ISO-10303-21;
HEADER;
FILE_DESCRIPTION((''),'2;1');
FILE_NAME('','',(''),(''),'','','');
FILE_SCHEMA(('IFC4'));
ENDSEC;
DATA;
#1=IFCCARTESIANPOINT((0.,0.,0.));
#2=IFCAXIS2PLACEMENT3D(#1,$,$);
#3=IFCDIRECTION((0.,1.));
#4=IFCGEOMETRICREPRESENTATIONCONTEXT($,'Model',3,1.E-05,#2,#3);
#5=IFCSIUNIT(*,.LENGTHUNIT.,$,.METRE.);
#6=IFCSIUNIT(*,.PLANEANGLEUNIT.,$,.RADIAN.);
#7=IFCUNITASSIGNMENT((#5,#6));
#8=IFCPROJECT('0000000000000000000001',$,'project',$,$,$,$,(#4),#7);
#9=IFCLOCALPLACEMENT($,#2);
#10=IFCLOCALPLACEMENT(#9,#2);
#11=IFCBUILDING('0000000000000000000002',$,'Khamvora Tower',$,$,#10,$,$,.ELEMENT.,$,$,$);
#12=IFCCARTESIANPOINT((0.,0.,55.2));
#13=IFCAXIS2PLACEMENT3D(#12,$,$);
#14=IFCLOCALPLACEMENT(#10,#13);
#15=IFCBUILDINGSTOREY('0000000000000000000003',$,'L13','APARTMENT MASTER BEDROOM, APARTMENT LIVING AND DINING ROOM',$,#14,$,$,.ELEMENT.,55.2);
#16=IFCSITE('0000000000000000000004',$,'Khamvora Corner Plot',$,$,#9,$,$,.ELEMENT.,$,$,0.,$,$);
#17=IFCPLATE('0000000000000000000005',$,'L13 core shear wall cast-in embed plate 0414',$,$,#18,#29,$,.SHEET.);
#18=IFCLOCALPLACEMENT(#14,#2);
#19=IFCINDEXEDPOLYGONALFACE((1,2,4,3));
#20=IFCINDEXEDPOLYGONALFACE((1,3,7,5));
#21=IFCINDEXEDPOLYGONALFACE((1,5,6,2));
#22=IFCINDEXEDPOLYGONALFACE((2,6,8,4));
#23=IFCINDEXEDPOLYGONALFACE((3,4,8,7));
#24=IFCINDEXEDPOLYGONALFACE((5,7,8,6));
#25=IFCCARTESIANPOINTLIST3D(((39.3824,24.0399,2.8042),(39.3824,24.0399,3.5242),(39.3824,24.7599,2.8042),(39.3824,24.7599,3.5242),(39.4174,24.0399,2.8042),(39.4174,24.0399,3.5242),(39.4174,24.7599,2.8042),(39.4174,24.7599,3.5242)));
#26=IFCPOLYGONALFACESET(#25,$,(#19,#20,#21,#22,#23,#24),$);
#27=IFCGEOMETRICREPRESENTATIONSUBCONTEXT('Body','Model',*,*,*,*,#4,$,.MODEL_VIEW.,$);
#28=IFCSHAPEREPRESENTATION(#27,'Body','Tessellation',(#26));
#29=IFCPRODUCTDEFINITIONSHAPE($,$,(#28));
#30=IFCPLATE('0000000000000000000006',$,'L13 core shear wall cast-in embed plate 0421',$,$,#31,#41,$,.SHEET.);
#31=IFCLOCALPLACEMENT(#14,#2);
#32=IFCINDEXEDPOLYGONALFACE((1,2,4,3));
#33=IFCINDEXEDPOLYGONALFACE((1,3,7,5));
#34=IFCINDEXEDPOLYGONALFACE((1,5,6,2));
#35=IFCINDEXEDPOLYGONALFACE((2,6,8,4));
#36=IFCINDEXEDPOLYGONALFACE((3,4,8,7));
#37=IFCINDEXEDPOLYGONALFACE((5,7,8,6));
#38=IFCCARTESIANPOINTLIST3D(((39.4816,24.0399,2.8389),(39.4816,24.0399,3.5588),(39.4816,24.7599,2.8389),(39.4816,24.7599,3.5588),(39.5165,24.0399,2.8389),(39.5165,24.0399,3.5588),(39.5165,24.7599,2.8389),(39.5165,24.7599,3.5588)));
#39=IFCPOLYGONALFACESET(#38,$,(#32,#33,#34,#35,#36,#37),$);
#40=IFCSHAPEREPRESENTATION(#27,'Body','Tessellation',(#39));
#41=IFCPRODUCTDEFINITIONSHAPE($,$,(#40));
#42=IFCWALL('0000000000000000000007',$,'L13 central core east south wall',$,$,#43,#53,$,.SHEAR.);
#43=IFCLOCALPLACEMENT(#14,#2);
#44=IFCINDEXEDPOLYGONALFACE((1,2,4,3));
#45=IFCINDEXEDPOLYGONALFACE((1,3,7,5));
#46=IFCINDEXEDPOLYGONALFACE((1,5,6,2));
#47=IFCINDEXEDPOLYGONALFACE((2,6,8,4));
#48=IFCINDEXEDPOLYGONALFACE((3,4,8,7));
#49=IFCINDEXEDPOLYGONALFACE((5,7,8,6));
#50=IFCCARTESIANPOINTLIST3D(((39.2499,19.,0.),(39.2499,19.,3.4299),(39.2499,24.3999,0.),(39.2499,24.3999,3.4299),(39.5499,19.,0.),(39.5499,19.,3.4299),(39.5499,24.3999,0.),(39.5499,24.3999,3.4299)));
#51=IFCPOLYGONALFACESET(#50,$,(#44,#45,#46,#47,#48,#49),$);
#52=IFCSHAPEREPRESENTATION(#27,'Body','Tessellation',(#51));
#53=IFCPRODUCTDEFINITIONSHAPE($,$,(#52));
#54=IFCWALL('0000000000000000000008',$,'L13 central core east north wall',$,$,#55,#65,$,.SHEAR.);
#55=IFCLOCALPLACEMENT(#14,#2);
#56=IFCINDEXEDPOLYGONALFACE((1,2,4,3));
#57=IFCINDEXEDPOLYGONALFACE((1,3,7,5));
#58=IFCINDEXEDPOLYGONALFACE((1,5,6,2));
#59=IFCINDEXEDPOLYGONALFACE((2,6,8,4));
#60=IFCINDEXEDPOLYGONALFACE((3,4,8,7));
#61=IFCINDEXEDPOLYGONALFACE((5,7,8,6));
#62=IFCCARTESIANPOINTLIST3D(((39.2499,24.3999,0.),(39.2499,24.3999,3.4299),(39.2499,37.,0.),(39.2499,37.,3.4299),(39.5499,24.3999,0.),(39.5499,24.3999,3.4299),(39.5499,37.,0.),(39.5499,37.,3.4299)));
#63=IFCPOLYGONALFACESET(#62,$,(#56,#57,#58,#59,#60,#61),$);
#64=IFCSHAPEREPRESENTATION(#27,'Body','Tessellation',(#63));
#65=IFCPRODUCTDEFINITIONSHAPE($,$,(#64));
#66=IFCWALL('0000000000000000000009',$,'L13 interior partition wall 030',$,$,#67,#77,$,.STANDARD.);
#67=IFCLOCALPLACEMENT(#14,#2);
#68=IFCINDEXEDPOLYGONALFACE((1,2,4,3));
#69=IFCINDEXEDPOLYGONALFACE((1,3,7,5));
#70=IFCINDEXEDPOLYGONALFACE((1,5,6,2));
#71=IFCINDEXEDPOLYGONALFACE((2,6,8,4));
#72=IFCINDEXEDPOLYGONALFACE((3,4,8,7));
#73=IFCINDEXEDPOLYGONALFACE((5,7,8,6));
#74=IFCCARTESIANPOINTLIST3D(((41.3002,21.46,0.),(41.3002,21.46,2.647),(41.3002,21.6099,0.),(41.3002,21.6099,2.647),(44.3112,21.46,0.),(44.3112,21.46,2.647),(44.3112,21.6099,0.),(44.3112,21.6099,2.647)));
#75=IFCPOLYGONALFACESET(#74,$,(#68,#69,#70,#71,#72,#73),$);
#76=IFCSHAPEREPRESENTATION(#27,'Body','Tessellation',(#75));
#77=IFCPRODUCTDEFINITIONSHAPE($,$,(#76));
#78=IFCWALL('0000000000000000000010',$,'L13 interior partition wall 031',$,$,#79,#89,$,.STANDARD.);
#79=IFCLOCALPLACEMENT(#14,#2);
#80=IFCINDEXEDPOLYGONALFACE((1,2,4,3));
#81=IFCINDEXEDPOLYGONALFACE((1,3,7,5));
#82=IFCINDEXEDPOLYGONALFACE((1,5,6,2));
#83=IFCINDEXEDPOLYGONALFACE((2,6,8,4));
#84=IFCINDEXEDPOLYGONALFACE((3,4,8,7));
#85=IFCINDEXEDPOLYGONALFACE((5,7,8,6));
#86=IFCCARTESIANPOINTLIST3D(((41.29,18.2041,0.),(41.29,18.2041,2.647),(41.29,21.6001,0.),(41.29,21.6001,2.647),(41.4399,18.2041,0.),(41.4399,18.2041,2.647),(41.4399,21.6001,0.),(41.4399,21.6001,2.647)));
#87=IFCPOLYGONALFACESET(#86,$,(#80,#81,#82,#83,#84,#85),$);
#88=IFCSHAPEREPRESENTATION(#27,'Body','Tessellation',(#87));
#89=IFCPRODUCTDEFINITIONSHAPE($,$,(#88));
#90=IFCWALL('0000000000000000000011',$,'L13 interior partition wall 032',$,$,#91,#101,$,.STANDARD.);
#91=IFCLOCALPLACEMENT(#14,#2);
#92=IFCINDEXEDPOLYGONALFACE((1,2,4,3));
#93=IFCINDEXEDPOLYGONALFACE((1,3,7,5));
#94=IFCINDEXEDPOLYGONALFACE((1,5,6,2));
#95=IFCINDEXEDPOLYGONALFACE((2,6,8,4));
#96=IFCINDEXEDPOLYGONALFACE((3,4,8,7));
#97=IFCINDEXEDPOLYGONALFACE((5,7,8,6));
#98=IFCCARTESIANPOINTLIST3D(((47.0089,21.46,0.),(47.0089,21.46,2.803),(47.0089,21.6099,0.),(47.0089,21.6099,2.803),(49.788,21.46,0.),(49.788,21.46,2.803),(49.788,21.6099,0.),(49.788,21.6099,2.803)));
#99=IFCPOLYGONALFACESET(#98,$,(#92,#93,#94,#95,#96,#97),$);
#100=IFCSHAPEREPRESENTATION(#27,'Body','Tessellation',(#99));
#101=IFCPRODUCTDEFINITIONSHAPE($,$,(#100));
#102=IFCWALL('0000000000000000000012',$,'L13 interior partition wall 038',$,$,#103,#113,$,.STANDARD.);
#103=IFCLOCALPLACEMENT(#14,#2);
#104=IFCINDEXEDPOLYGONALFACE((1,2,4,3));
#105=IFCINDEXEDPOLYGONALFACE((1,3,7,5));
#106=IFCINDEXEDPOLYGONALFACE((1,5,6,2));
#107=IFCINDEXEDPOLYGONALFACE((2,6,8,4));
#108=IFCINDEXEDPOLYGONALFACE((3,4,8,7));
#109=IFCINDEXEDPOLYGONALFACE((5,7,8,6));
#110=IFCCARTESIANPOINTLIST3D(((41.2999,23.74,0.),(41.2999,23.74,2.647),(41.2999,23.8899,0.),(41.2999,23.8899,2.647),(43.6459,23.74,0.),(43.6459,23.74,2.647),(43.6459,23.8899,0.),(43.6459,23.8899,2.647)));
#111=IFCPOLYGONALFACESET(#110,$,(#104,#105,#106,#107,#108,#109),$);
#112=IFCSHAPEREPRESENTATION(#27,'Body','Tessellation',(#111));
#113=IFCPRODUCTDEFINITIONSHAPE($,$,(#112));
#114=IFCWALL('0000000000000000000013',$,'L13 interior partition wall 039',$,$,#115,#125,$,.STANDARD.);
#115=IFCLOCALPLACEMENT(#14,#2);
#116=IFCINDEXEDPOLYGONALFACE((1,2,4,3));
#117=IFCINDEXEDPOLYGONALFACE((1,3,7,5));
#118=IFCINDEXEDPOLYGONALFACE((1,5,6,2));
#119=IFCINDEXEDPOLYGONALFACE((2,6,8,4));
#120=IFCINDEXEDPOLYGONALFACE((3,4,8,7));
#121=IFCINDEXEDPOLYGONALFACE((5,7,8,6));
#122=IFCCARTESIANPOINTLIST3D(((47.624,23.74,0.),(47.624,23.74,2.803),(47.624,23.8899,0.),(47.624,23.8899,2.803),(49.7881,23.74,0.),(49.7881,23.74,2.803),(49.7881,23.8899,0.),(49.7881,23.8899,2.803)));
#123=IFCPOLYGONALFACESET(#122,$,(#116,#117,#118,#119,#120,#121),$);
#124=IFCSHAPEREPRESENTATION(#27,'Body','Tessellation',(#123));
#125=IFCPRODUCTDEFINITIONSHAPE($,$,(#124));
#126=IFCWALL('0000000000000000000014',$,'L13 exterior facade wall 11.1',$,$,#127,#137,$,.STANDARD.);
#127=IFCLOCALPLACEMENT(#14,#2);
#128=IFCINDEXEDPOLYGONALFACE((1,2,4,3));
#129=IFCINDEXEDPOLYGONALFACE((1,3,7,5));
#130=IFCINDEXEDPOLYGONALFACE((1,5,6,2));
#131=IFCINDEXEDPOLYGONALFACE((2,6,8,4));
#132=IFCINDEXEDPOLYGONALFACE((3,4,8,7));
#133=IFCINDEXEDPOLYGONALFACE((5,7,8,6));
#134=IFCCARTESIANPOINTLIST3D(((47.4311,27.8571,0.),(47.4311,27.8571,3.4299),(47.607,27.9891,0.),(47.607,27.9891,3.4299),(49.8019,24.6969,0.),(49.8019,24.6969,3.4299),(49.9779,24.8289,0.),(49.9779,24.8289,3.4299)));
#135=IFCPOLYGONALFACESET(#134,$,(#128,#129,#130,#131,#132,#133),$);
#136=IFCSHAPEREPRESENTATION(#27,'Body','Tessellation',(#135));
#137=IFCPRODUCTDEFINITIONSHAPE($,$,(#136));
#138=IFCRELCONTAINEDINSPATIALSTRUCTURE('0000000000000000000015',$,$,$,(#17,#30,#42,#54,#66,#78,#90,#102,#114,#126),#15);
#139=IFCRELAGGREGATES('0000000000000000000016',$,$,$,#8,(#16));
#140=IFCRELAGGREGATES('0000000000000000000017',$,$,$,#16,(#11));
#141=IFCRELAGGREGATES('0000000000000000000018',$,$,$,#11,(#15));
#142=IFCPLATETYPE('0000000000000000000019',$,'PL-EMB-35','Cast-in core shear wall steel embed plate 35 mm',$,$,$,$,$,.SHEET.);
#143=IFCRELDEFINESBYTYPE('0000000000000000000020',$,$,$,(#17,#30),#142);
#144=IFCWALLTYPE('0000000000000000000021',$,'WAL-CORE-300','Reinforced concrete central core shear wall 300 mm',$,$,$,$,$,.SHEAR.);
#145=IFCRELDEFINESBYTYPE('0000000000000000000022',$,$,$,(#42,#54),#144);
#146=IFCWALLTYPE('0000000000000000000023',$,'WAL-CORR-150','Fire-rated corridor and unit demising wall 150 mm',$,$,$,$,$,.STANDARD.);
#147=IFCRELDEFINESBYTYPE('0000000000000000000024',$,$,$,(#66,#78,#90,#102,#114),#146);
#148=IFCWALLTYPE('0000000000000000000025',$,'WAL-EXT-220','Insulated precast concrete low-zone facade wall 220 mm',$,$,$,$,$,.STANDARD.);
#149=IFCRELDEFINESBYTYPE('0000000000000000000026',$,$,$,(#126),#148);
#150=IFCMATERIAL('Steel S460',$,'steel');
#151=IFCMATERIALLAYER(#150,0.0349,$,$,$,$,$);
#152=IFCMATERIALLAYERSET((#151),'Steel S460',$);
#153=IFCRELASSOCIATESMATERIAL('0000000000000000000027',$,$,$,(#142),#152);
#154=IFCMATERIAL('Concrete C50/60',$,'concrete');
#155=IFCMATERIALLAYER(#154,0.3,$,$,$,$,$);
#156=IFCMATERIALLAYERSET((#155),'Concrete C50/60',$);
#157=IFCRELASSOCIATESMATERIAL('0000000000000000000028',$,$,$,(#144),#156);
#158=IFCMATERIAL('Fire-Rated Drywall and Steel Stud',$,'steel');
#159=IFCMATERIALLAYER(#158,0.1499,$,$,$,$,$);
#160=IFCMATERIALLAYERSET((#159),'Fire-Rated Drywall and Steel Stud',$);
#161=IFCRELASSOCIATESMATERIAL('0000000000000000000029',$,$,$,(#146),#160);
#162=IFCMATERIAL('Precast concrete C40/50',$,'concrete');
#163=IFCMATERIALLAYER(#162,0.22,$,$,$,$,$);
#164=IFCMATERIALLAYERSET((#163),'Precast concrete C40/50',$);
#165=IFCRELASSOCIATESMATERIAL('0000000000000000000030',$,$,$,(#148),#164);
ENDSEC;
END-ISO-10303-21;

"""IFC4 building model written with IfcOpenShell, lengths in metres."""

from ifc_helpers import new_model, si_unit, direction, frame, frame_2d, origin, origin_2d, place, context, subcontext, project, spatial, rectangle, extrude, material, layer, layer_set, type_object, element, save


model = new_model("IFC4")

# Units and contexts
model_context = context("Model", 3, precision=1e-05, world=origin(), true_north=direction((0.0, 1.0)))
body_context = subcontext(model_context, "Body", "Model", "MODEL_VIEW")
ifc_project = project(units=[si_unit("LENGTHUNIT", "METRE"), si_unit("PLANEANGLEUNIT", "RADIAN")], contexts=[model_context])

# Site, building, storey
site_placement = place(None, origin())
site = spatial("IfcSite", under=ifc_project, at=site_placement, Name="Khamvora Corner Plot", CompositionType="ELEMENT", RefElevation=0.0)
building_placement = place(site_placement, origin())
building = spatial("IfcBuilding", under=site, at=building_placement, Name="Khamvora Tower", CompositionType="ELEMENT")
storey_placement = place(building_placement, frame((0.0, 0.0, 55.2)))
storey = spatial("IfcBuildingStorey", under=building, at=storey_placement, Name="L13", Description="APARTMENT MASTER BEDROOM, APARTMENT LIVING AND DINING ROOM", CompositionType="ELEMENT", Elevation=55.2)

# Shared definitions
ifc_material_1 = material(Name="Steel S460", Category="steel")

# Plates
ifc_layer_1 = layer(ifc_material_1, 0.0349)
ifc_layer_set_1 = layer_set([ifc_layer_1], Name="Steel S460")
plate_type = type_object("IfcPlateType", Name="PL-EMB-35", Description="Cast-in core shear wall steel embed plate 35 mm", PredefinedType="SHEET", material=ifc_layer_set_1)
for number, where, z_axis, x_axis, name in (
    (1, (39.3999, 24.3999, 2.8042), (0.0, 0.0, 1.0), (1.0, 0.0, 0.0), "L13 core shear wall cast-in embed plate 0414"),
    (2, (39.499, 24.3999, 2.8389), (0.0, 0.0, 1.0), (1.0, 0.0, 0.0), "L13 core shear wall cast-in embed plate 0421"),
):
    element("IfcPlate", number, at=place(storey_placement, frame(where, z_axis=z_axis, x_axis=x_axis)), inside=storey, type_object=plate_type, Name=name, PredefinedType="SHEET", context=body_context, shape_type="SweptSolid", body=[
        extrude(rectangle(XDim=0.0349, YDim=0.72, at=origin_2d()), origin(), (0.0, 0.0, 1.0), 0.72),
    ])

# Walls
ifc_material_2 = material(Name="Concrete C50/60", Category="concrete")
ifc_layer_2 = layer(ifc_material_2, 0.3)
ifc_layer_set_2 = layer_set([ifc_layer_2], Name="Concrete C50/60")
wall_type_1 = type_object("IfcWallType", Name="WAL-CORE-300", Description="Reinforced concrete central core shear wall 300 mm", PredefinedType="SHEAR", material=ifc_layer_set_2)
wall_1_placement = place(storey_placement, frame((39.3999, 19.0, 0.0), z_axis=(0.0, 0.0, 1.0), x_axis=(0.0, 1.0, 0.0)))
element("IfcWall", 3, at=wall_1_placement, inside=storey, type_object=wall_type_1, Name="L13 central core east south wall", PredefinedType="SHEAR", context=body_context, shape_type="SweptSolid", body=[
    extrude(rectangle(XDim=5.3999, YDim=0.3, at=frame_2d((2.7, 0.0))), origin(), (0.0, 0.0, 1.0), 3.4299),
])
wall_2_placement = place(storey_placement, frame((39.3999, 24.3999, 0.0), z_axis=(0.0, 0.0, 1.0), x_axis=(0.0, 1.0, 0.0)))
element("IfcWall", 4, at=wall_2_placement, inside=storey, type_object=wall_type_1, Name="L13 central core east north wall", PredefinedType="SHEAR", context=body_context, shape_type="SweptSolid", body=[
    extrude(rectangle(XDim=12.6001, YDim=0.3, at=frame_2d((6.3, 0.0))), origin(), (0.0, 0.0, 1.0), 3.4299),
])

# Shared definitions
ifc_material_3 = material(Name="Fire-Rated Drywall and Steel Stud", Category="steel")
ifc_layer_3 = layer(ifc_material_3, 0.1499)
ifc_layer_set_3 = layer_set([ifc_layer_3], Name="Fire-Rated Drywall and Steel Stud")
wall_type_2 = type_object("IfcWallType", Name="WAL-CORR-150", Description="Fire-rated corridor and unit demising wall 150 mm", PredefinedType="STANDARD", material=ifc_layer_set_3)

# Walls
wall_3_placement = place(storey_placement, frame((44.311, 21.5349, 0.0), z_axis=(0.0, 0.0, 1.0), x_axis=(-1.0, 0.0, 0.0)))
element("IfcWall", 5, at=wall_3_placement, inside=storey, type_object=wall_type_2, Name="L13 interior partition wall 030", PredefinedType="STANDARD", context=body_context, shape_type="SweptSolid", body=[
    extrude(rectangle(XDim=3.011, YDim=0.1499, at=frame_2d((1.5054, 0.0))), origin(), (0.0, 0.0, 1.0), 2.647),
])
wall_4_placement = place(storey_placement, frame((41.365, 21.6001, 0.0), z_axis=(0.0, 0.0, 1.0), x_axis=(0.0, -1.0, 0.0)))
element("IfcWall", 6, at=wall_4_placement, inside=storey, type_object=wall_type_2, Name="L13 interior partition wall 031", PredefinedType="STANDARD", context=body_context, shape_type="SweptSolid", body=[
    extrude(rectangle(XDim=3.396, YDim=0.1499, at=frame_2d((1.698, 0.0))), origin(), (0.0, 0.0, 1.0), 2.647),
])
wall_5_placement = place(storey_placement, frame((49.7881, 21.5349, 0.0), z_axis=(0.0, 0.0, 1.0), x_axis=(-1.0, 0.0, 0.0)))
element("IfcWall", 7, at=wall_5_placement, inside=storey, type_object=wall_type_2, Name="L13 interior partition wall 032", PredefinedType="STANDARD", context=body_context, shape_type="SweptSolid", body=[
    extrude(rectangle(XDim=2.7791, YDim=0.1499, at=frame_2d((1.3896, 0.0))), origin(), (0.0, 0.0, 1.0), 2.803),
])

# Walls
wall_6_placement = place(storey_placement, frame((41.3, 23.8149, 0.0), z_axis=(0.0, 0.0, 1.0), x_axis=(1.0, 0.0, 0.0)))
element("IfcWall", 8, at=wall_6_placement, inside=storey, type_object=wall_type_2, Name="L13 interior partition wall 038", PredefinedType="STANDARD", context=body_context, shape_type="SweptSolid", body=[
    extrude(rectangle(XDim=2.3459, YDim=0.1499, at=frame_2d((1.1729, 0.0))), origin(), (0.0, 0.0, 1.0), 2.647),
])
wall_7_placement = place(storey_placement, frame((47.624, 23.8149, 0.0), z_axis=(0.0, 0.0, 1.0), x_axis=(1.0, 0.0, 0.0)))
element("IfcWall", 9, at=wall_7_placement, inside=storey, type_object=wall_type_2, Name="L13 interior partition wall 039", PredefinedType="STANDARD", context=body_context, shape_type="SweptSolid", body=[
    extrude(rectangle(XDim=2.1641, YDim=0.1499, at=frame_2d((1.082, 0.0))), origin(), (0.0, 0.0, 1.0), 2.803),
])
ifc_material_4 = material(Name="Precast concrete C40/50", Category="concrete")
ifc_layer_4 = layer(ifc_material_4, 0.22)
ifc_layer_set_4 = layer_set([ifc_layer_4], Name="Precast concrete C40/50")
wall_type_3 = type_object("IfcWallType", Name="WAL-EXT-220", Description="Insulated precast concrete low-zone facade wall 220 mm", PredefinedType="STANDARD", material=ifc_layer_set_4)
wall_8_placement = place(storey_placement, frame((47.519, 27.9231, 0.0), z_axis=(0.0, 0.0, 1.0), x_axis=(0.600119, -0.799911, 0.0)))
element("IfcWall", 10, at=wall_8_placement, inside=storey, type_object=wall_type_3, Name="L13 exterior facade wall 11.1", PredefinedType="STANDARD", context=body_context, shape_type="SweptSolid", body=[
    extrude(rectangle(XDim=3.9507, YDim=0.22, at=frame_2d((1.9753, 0.0))), origin(), (0.0, 0.0, 1.0), 3.4299),
])

save(model, "model.ifc")
